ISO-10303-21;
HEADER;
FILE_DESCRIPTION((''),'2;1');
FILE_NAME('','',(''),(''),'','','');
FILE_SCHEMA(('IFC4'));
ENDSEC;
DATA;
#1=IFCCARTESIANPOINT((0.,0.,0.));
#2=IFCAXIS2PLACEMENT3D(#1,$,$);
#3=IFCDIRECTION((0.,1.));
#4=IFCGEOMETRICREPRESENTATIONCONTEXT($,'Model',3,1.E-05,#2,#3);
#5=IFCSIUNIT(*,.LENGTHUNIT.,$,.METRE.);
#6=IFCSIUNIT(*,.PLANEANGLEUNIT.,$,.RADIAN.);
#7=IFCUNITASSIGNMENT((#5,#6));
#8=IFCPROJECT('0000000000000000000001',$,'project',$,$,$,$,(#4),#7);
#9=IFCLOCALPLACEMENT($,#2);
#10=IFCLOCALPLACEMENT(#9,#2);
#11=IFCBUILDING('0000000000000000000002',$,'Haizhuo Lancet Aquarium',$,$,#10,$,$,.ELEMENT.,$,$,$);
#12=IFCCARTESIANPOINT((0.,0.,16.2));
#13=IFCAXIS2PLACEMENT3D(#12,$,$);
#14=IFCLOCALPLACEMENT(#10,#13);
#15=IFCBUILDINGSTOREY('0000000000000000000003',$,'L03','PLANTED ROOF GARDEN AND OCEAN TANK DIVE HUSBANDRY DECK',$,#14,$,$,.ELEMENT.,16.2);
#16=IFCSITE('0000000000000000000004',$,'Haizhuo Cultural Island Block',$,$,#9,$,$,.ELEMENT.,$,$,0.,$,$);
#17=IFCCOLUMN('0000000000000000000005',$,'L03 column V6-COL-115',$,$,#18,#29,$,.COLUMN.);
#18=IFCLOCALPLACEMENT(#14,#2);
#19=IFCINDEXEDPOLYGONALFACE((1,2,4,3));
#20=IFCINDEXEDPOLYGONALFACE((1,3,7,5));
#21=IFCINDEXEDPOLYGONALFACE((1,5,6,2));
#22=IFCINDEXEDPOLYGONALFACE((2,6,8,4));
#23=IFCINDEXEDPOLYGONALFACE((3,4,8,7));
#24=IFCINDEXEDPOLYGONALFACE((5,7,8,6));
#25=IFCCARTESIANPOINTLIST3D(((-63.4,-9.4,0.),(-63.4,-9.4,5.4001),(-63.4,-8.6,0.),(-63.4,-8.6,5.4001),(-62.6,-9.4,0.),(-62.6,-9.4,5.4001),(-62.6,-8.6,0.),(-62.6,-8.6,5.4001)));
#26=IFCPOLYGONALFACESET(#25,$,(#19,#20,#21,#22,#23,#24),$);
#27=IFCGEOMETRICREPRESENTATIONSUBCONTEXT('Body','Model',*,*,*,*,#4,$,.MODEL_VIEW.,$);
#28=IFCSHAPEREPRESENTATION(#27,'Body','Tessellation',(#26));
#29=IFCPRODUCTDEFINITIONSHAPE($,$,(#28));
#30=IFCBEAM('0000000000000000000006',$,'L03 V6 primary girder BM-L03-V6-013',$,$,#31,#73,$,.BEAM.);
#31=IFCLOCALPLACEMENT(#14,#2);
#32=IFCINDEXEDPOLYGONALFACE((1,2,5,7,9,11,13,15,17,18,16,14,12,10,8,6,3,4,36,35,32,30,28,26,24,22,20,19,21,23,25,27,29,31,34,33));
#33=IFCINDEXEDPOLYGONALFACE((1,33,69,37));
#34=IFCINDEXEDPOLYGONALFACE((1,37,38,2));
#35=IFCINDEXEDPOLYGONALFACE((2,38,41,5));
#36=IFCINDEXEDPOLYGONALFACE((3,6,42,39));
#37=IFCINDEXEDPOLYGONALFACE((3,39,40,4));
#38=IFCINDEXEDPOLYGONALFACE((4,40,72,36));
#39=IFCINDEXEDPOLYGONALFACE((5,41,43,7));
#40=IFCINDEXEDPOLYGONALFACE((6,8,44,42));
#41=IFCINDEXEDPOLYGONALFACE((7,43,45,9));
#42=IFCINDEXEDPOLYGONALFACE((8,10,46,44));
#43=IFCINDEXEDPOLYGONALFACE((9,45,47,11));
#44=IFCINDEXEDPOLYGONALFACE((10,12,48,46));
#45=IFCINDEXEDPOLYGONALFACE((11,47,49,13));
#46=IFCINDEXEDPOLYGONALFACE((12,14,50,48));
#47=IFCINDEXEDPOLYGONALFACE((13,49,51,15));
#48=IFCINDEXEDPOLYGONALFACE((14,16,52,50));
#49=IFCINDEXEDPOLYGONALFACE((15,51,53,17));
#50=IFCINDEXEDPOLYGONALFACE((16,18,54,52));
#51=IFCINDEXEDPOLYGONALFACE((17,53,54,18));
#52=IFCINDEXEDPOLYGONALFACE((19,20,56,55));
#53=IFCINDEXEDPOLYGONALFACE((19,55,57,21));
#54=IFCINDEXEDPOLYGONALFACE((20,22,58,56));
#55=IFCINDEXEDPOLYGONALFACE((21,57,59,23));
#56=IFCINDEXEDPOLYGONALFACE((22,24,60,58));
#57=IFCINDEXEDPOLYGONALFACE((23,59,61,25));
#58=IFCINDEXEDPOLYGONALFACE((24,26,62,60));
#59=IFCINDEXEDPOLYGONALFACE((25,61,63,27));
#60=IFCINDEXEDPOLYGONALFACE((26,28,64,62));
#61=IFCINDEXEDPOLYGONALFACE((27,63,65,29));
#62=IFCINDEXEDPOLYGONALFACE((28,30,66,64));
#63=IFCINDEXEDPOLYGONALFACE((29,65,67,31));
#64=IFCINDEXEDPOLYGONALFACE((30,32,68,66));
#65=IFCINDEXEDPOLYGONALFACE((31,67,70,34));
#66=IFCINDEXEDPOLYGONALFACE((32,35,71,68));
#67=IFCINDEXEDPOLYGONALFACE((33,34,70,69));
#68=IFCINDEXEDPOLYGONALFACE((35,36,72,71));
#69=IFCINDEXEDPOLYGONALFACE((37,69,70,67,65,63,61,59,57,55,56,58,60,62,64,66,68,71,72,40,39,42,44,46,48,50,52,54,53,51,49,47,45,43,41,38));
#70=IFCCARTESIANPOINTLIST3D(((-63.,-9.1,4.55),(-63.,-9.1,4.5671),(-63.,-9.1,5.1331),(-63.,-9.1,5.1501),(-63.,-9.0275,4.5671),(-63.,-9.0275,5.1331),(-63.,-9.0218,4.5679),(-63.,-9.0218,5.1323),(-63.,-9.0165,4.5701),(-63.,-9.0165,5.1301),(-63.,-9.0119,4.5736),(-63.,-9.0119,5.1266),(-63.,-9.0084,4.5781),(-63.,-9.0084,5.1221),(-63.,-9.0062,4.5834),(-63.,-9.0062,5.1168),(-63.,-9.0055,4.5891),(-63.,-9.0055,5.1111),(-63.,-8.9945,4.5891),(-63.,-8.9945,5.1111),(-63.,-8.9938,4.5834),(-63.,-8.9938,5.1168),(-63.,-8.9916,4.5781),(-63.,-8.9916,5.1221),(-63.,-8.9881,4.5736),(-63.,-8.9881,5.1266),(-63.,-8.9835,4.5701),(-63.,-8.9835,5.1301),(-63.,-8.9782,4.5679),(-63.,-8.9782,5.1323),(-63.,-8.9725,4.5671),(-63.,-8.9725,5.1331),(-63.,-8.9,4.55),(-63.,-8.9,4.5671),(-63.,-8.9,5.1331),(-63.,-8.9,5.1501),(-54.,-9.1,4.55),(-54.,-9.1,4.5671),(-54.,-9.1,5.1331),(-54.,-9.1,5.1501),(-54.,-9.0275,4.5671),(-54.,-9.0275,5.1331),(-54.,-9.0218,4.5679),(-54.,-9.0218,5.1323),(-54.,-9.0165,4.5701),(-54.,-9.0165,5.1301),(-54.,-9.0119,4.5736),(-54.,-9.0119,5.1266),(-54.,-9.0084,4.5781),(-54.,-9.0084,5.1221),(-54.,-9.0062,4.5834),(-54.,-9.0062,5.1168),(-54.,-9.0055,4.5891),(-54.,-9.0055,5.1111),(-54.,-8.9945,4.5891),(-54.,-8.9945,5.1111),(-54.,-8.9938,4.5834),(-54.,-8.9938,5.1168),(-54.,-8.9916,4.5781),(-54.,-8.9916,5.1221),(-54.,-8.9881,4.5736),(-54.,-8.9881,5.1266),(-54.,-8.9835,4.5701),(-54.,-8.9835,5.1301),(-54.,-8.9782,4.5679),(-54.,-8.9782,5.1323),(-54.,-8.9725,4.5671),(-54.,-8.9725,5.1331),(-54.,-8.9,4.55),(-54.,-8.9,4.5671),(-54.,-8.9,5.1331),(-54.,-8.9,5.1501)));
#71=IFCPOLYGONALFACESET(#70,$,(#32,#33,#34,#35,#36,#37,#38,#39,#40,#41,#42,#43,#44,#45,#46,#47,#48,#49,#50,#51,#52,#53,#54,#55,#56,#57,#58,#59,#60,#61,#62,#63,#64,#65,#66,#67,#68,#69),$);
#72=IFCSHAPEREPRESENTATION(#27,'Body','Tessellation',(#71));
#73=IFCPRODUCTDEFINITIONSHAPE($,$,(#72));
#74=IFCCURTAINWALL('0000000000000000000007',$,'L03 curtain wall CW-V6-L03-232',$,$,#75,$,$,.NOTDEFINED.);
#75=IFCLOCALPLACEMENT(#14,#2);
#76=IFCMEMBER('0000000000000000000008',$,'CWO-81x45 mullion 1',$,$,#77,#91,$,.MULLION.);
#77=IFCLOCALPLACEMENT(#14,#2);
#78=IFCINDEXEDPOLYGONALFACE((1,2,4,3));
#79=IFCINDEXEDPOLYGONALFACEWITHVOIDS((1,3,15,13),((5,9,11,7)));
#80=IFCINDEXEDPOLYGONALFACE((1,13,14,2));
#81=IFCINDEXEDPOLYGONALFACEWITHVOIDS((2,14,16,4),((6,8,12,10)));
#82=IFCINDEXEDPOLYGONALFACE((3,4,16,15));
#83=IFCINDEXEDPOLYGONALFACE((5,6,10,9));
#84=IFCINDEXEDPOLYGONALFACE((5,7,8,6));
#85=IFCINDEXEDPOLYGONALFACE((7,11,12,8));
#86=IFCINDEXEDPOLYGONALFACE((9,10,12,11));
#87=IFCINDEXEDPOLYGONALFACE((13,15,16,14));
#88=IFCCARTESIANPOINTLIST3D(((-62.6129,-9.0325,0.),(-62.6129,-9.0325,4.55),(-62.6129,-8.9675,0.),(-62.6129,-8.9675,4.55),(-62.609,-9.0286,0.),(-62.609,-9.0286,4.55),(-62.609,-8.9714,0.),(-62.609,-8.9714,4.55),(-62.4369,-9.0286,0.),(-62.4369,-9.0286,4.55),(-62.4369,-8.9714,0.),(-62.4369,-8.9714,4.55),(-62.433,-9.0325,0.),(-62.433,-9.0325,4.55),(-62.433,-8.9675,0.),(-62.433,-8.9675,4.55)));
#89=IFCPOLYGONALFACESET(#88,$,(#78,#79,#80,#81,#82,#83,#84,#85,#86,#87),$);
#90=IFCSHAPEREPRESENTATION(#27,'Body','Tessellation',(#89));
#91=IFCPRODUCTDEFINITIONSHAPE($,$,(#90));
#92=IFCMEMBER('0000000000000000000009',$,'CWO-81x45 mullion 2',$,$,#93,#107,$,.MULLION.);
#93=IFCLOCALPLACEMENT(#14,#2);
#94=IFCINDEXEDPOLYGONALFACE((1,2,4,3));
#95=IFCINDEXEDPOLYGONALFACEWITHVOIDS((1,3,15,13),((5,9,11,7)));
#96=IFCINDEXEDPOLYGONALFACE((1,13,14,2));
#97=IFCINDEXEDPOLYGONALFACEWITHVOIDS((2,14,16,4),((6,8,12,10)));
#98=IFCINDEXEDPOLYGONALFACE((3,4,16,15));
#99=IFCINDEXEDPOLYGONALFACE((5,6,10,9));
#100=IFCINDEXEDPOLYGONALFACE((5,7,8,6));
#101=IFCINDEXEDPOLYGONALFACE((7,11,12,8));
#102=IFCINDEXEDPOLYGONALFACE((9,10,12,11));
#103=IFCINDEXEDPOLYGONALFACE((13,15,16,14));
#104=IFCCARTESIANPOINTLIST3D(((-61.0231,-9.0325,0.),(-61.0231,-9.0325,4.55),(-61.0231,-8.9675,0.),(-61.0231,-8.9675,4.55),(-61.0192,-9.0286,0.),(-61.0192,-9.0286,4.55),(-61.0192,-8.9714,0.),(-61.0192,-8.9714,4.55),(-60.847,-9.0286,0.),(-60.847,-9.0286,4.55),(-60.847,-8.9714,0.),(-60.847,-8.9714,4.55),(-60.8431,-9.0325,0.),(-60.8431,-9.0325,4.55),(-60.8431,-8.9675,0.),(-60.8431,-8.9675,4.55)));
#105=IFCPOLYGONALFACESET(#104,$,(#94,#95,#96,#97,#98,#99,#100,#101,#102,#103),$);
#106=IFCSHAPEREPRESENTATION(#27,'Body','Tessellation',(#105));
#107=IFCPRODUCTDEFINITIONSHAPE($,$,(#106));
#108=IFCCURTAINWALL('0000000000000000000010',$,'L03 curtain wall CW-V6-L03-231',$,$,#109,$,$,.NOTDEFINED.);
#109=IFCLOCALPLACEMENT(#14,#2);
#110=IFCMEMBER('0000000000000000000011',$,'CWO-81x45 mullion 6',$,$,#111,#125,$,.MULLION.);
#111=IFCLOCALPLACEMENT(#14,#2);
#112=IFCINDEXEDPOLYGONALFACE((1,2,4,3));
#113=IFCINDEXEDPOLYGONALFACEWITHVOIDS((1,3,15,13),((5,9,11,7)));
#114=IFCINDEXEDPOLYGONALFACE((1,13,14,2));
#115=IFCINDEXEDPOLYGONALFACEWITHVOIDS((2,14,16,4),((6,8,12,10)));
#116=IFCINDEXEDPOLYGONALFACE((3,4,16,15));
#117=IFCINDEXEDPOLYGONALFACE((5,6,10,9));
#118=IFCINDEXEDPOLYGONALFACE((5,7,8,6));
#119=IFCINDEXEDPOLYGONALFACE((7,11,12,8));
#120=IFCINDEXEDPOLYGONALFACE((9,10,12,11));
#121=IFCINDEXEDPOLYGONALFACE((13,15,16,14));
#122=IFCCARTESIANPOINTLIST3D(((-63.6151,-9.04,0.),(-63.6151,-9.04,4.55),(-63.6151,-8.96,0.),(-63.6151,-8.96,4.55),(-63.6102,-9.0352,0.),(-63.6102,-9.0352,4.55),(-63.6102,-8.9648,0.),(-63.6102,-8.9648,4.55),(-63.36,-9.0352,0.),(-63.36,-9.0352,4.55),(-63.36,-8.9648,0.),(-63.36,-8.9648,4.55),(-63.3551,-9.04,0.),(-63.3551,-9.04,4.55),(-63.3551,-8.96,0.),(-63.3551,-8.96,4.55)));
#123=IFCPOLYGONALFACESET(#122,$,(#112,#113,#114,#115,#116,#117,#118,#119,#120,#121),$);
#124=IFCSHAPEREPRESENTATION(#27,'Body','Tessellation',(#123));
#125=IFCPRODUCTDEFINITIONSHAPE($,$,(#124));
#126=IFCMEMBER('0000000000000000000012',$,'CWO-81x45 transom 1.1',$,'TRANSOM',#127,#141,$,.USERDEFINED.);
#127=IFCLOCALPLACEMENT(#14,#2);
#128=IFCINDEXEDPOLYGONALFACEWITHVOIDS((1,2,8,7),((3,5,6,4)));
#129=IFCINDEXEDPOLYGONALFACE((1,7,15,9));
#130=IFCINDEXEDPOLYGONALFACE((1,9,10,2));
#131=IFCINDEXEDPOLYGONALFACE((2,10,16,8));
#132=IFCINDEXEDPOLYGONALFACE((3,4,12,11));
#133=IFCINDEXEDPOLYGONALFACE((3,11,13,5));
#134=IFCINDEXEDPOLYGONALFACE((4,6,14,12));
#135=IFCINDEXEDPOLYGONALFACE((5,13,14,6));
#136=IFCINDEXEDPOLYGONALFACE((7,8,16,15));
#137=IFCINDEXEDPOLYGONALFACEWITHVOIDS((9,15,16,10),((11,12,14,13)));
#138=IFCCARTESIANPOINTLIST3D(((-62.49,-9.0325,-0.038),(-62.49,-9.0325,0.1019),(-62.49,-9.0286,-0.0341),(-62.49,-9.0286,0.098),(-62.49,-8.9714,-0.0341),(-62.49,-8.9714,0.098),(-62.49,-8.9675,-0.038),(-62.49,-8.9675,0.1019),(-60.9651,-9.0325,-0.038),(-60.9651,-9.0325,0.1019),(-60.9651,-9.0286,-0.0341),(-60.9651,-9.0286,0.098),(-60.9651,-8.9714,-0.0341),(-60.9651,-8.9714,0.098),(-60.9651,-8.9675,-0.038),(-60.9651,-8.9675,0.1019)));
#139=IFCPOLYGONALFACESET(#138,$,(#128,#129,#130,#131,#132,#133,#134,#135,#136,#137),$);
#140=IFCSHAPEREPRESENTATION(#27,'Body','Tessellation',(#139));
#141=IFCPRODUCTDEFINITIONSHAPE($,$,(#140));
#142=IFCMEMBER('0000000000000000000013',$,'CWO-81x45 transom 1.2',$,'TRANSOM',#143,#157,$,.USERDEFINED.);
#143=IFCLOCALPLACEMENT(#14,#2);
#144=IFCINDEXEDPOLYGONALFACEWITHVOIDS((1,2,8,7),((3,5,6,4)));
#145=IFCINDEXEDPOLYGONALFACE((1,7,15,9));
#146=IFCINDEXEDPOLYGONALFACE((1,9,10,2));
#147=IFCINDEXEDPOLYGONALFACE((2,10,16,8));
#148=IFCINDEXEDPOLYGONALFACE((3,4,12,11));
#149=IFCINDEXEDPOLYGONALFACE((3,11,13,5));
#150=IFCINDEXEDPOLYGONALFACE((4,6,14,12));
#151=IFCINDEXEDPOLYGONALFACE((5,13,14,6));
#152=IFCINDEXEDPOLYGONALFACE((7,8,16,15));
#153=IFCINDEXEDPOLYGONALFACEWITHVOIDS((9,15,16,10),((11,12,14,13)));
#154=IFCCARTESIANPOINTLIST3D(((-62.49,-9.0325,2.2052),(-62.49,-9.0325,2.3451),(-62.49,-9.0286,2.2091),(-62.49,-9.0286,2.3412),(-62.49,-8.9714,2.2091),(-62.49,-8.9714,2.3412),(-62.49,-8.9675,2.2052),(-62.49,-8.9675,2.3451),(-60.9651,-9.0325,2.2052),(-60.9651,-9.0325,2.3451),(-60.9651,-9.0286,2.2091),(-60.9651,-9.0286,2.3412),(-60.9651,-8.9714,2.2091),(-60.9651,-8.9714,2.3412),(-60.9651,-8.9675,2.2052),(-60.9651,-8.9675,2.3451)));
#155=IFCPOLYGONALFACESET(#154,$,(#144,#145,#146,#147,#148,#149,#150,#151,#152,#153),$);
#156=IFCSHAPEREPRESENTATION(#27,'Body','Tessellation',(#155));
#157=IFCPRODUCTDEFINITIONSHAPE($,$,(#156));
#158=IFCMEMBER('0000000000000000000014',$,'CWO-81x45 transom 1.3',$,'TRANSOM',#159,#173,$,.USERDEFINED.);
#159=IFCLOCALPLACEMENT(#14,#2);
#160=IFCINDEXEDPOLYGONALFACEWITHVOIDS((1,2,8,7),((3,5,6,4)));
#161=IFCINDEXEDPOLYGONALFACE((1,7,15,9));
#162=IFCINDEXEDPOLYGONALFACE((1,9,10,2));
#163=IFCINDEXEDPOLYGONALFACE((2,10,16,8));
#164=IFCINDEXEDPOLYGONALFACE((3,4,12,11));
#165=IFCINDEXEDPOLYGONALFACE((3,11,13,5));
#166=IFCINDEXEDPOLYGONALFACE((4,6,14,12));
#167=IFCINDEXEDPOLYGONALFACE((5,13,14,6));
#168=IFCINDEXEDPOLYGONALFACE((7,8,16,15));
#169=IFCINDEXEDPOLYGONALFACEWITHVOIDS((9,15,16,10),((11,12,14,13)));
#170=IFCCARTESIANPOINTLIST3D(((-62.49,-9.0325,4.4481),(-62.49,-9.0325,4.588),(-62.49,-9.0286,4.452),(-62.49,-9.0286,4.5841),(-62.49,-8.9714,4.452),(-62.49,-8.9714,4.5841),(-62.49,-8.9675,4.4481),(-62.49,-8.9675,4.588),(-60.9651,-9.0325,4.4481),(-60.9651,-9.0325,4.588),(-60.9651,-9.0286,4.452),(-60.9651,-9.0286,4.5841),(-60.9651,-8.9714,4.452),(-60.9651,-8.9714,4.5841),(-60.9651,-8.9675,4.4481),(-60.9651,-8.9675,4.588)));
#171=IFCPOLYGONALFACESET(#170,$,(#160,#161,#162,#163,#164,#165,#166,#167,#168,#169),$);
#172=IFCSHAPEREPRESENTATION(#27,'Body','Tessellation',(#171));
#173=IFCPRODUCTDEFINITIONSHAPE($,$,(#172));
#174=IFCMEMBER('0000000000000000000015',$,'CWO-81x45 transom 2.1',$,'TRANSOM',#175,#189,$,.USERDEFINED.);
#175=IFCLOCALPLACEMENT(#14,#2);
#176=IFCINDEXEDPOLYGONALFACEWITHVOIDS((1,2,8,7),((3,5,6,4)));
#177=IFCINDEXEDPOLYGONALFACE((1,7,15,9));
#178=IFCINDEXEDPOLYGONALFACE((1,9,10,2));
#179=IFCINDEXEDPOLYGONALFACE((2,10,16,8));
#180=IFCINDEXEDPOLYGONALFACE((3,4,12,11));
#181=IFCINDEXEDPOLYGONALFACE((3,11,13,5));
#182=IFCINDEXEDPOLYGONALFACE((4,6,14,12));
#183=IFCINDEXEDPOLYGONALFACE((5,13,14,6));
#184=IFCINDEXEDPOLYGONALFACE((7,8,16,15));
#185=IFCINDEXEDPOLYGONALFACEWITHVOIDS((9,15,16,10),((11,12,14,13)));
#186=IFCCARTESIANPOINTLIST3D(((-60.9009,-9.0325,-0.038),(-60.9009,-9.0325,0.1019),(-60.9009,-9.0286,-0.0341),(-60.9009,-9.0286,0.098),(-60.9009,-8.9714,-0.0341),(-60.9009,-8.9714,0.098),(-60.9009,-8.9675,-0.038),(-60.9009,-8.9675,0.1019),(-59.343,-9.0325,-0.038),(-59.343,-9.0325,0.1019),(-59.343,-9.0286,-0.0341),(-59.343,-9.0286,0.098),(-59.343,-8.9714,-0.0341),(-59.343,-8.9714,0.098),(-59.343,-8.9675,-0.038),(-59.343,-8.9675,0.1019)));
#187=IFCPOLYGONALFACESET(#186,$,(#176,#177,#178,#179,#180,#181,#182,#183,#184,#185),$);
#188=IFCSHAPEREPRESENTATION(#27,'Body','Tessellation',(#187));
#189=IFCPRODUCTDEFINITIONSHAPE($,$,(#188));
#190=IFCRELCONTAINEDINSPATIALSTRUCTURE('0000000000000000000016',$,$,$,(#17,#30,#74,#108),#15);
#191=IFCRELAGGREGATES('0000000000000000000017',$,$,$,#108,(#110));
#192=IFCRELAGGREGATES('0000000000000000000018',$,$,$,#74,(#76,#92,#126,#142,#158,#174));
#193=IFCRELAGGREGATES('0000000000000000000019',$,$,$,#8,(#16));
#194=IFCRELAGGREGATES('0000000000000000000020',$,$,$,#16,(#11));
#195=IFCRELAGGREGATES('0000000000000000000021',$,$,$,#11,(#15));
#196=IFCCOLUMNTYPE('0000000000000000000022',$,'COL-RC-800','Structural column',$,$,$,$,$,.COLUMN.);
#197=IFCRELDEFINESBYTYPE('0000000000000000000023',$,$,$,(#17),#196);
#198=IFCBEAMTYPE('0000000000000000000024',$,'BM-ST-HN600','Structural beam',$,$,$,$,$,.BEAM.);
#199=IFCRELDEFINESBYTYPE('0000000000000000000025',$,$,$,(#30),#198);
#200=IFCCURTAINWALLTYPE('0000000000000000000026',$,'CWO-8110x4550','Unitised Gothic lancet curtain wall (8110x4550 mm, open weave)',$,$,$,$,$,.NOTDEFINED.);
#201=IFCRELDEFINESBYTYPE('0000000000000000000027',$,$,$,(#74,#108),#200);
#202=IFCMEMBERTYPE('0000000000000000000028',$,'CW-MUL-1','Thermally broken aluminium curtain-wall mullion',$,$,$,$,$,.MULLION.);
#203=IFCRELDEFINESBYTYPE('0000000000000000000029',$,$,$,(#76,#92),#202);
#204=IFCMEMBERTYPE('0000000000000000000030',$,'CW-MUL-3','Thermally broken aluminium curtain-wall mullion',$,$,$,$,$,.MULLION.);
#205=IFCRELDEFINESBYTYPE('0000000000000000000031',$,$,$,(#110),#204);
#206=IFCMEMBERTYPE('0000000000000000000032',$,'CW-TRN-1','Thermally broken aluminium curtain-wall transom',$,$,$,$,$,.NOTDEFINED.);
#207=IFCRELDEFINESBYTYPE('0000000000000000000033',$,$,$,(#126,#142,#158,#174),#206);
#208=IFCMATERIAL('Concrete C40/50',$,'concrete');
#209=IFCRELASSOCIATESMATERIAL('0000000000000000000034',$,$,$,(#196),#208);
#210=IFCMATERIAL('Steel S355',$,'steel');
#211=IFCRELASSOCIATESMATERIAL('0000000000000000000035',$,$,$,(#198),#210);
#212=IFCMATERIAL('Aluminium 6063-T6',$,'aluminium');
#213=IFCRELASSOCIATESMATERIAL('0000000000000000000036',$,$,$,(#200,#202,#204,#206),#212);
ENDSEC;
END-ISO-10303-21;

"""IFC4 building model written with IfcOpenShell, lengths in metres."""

from ifc_helpers import new_model, si_unit, direction, frame, origin, origin_2d, place, context, subcontext, project, spatial, rectangle, hollow_rectangle, i_section, extrude, material, material_profile, profile_set, type_object, element, aggregate, save


model = new_model("IFC4")

# Units and contexts
model_context = context("Model", 3, precision=1e-05, world=origin(), true_north=direction((0.0, 1.0)))
body_context = subcontext(model_context, "Body", "Model", "MODEL_VIEW")
ifc_project = project(units=[si_unit("LENGTHUNIT", "METRE"), si_unit("PLANEANGLEUNIT", "RADIAN")], contexts=[model_context])

# Site, building, storey
site_placement = place(None, origin())
site = spatial("IfcSite", under=ifc_project, at=site_placement, Name="Haizhuo Cultural Island Block", CompositionType="ELEMENT", RefElevation=0.0)
building_placement = place(site_placement, origin())
building = spatial("IfcBuilding", under=site, at=building_placement, Name="Haizhuo Lancet Aquarium", CompositionType="ELEMENT")
storey_placement = place(building_placement, frame((0.0, 0.0, 16.2)))
storey = spatial("IfcBuildingStorey", under=building, at=storey_placement, Name="L03", Description="PLANTED ROOF GARDEN AND OCEAN TANK DIVE HUSBANDRY DECK", CompositionType="ELEMENT", Elevation=16.2)

# Column
ifc_material_1 = material(Name="Concrete C40/50", Category="concrete")
ifc_material_profile_1 = material_profile(ifc_material_1, rectangle(XDim=0.8, YDim=0.8, at=origin_2d()), Name="RC-COL 800x800")
ifc_profile_set_1 = profile_set([ifc_material_profile_1], Name="Concrete C40/50")
column_type = type_object("IfcColumnType", Name="COL-RC-800", Description="Structural column", PredefinedType="COLUMN", material=ifc_profile_set_1)
column_placement = place(storey_placement, frame((-63.0, -9.0, 0.0), z_axis=(0.0, 0.0, 1.0), x_axis=(1.0, 0.0, 0.0)))
element("IfcColumn", 1, at=column_placement, inside=storey, type_object=column_type, Name="L03 column V6-COL-115", PredefinedType="COLUMN", context=body_context, shape_type="SweptSolid", body=[
    extrude(rectangle(XDim=0.8, YDim=0.8, at=origin_2d()), origin(), (0.0, 0.0, 1.0), 5.4001),
])

# Beam
ifc_material_2 = material(Name="Steel S355", Category="steel")
ifc_material_profile_2 = material_profile(ifc_material_2, i_section(OverallWidth=0.2, OverallDepth=0.6001, WebThickness=0.011, FlangeThickness=0.0171, FilletRadius=0.022, at=origin_2d()), Name="HN 600x200x11x17")
ifc_profile_set_2 = profile_set([ifc_material_profile_2], Name="Steel S355")
beam_type = type_object("IfcBeamType", Name="BM-ST-HN600", Description="Structural beam", PredefinedType="BEAM", material=ifc_profile_set_2)
beam_placement = place(storey_placement, frame((-63.0, -9.0, 4.8501), z_axis=(1.0, 0.0, 0.0), x_axis=(0.0, 1.0, 0.0)))
element("IfcBeam", 2, at=beam_placement, inside=storey, type_object=beam_type, Name="L03 V6 primary girder BM-L03-V6-013", PredefinedType="BEAM", context=body_context, shape_type="SweptSolid", body=[
    extrude(i_section(OverallWidth=0.2, OverallDepth=0.6001, WebThickness=0.011, FlangeThickness=0.0171, FilletRadius=0.022, at=origin_2d()), origin(), (0.0, 0.0, 1.0), 9.0),
])

# Curtain wall, members
ifc_material_3 = material(Name="Aluminium 6063-T6", Category="aluminium")
curtain_wall_type = type_object("IfcCurtainWallType", Name="CWO-8110x4550", Description="Unitised Gothic lancet curtain wall (8110x4550 mm, open weave)", PredefinedType="NOTDEFINED", material=ifc_material_3)
curtain_wall_1_placement = place(storey_placement, origin())
curtain_wall_1 = element("IfcCurtainWall", 3, at=curtain_wall_1_placement, inside=storey, type_object=curtain_wall_type, Name="L03 curtain wall CW-V6-L03-232", PredefinedType="NOTDEFINED")
ifc_material_profile_3 = material_profile(ifc_material_3, hollow_rectangle(XDim=0.0649, YDim=0.1799, WallThickness=0.0039, at=origin_2d()), Name="ALU-M 65x180x4")
ifc_profile_set_3 = profile_set([ifc_material_profile_3], Name="Aluminium 6063-T6")
member_type_1 = type_object("IfcMemberType", Name="CW-MUL-1", Description="Thermally broken aluminium curtain-wall mullion", PredefinedType="MULLION", material=ifc_profile_set_3)
member_1_placement = place(storey_placement, frame((-62.5229, -9.0, 0.0), z_axis=(0.0, 0.0, 1.0), x_axis=(0.0, 1.0, 0.0)))
member_1 = element("IfcMember", 4, at=member_1_placement, type_object=member_type_1, Name="CWO-81x45 mullion 1", PredefinedType="MULLION", context=body_context, shape_type="SweptSolid", body=[
    extrude(hollow_rectangle(XDim=0.0649, YDim=0.1799, WallThickness=0.0039, at=origin_2d()), origin(), (0.0, 0.0, 1.0), 4.55),
])
member_2_placement = place(storey_placement, frame((-60.9331, -9.0, 0.0), z_axis=(0.0, 0.0, 1.0), x_axis=(0.0, 1.0, 0.0)))
member_2 = element("IfcMember", 5, at=member_2_placement, type_object=member_type_1, Name="CWO-81x45 mullion 2", PredefinedType="MULLION", context=body_context, shape_type="SweptSolid", body=[
    extrude(hollow_rectangle(XDim=0.0649, YDim=0.1799, WallThickness=0.0039, at=origin_2d()), origin(), (0.0, 0.0, 1.0), 4.55),
])

# Curtain wall, member
curtain_wall_2_placement = place(storey_placement, origin())
curtain_wall_2 = element("IfcCurtainWall", 6, at=curtain_wall_2_placement, inside=storey, type_object=curtain_wall_type, Name="L03 curtain wall CW-V6-L03-231", PredefinedType="NOTDEFINED")
ifc_material_profile_4 = material_profile(ifc_material_3, hollow_rectangle(XDim=0.0801, YDim=0.26, WallThickness=0.0049, at=origin_2d()), Name="ALU-M 80x260x5")
ifc_profile_set_4 = profile_set([ifc_material_profile_4], Name="Aluminium 6063-T6")
member_type_2 = type_object("IfcMemberType", Name="CW-MUL-3", Description="Thermally broken aluminium curtain-wall mullion", PredefinedType="MULLION", material=ifc_profile_set_4)
member_3_placement = place(storey_placement, frame((-63.4851, -9.0, 0.0), z_axis=(0.0, 0.0, 1.0), x_axis=(0.0, 1.0, 0.0)))
member_3 = element("IfcMember", 7, at=member_3_placement, type_object=member_type_2, Name="CWO-81x45 mullion 6", PredefinedType="MULLION", context=body_context, shape_type="SweptSolid", body=[
    extrude(hollow_rectangle(XDim=0.0801, YDim=0.26, WallThickness=0.0049, at=origin_2d()), origin(), (0.0, 0.0, 1.0), 4.55),
])

# Members
ifc_material_profile_5 = material_profile(ifc_material_3, hollow_rectangle(XDim=0.0649, YDim=0.1399, WallThickness=0.0039, at=origin_2d()), Name="ALU-T 65x140x4")
ifc_profile_set_5 = profile_set([ifc_material_profile_5], Name="Aluminium 6063-T6")
member_type_3 = type_object("IfcMemberType", Name="CW-TRN-1", Description="Thermally broken aluminium curtain-wall transom", PredefinedType="NOTDEFINED", material=ifc_profile_set_5)
member_4_placement = place(storey_placement, frame((-62.49, -9.0, 0.032), z_axis=(1.0, 0.0, 0.0), x_axis=(0.0, 1.0, 0.0)))
member_4 = element("IfcMember", 8, at=member_4_placement, type_object=member_type_3, Name="CWO-81x45 transom 1.1", ObjectType="TRANSOM", PredefinedType="USERDEFINED", context=body_context, shape_type="SweptSolid", body=[
    extrude(hollow_rectangle(XDim=0.0649, YDim=0.1399, WallThickness=0.0039, at=origin_2d()), origin(), (0.0, 0.0, 1.0), 1.5249),
])
member_5_placement = place(storey_placement, frame((-62.49, -9.0, 2.2751), z_axis=(1.0, 0.0, 0.0), x_axis=(0.0, 1.0, 0.0)))
member_5 = element("IfcMember", 9, at=member_5_placement, type_object=member_type_3, Name="CWO-81x45 transom 1.2", ObjectType="TRANSOM", PredefinedType="USERDEFINED", context=body_context, shape_type="SweptSolid", body=[
    extrude(hollow_rectangle(XDim=0.0649, YDim=0.1399, WallThickness=0.0039, at=origin_2d()), origin(), (0.0, 0.0, 1.0), 1.5249),
])
member_6_placement = place(storey_placement, frame((-62.49, -9.0, 4.5181), z_axis=(1.0, 0.0, 0.0), x_axis=(0.0, 1.0, 0.0)))
member_6 = element("IfcMember", 10, at=member_6_placement, type_object=member_type_3, Name="CWO-81x45 transom 1.3", ObjectType="TRANSOM", PredefinedType="USERDEFINED", context=body_context, shape_type="SweptSolid", body=[
    extrude(hollow_rectangle(XDim=0.0649, YDim=0.1399, WallThickness=0.0039, at=origin_2d()), origin(), (0.0, 0.0, 1.0), 1.5249),
])
member_7_placement = place(storey_placement, frame((-60.9009, -9.0, 0.032), z_axis=(1.0, 0.0, 0.0), x_axis=(0.0, 1.0, 0.0)))
member_7 = element("IfcMember", 11, at=member_7_placement, type_object=member_type_3, Name="CWO-81x45 transom 2.1", ObjectType="TRANSOM", PredefinedType="USERDEFINED", context=body_context, shape_type="SweptSolid", body=[
    extrude(hollow_rectangle(XDim=0.0649, YDim=0.1399, WallThickness=0.0039, at=origin_2d()), origin(), (0.0, 0.0, 1.0), 1.5579),
])

aggregate(curtain_wall_2, [member_3])
aggregate(curtain_wall_1, [member_1, member_2, member_4, member_5, member_6, member_7])

save(model, "model.ifc")
